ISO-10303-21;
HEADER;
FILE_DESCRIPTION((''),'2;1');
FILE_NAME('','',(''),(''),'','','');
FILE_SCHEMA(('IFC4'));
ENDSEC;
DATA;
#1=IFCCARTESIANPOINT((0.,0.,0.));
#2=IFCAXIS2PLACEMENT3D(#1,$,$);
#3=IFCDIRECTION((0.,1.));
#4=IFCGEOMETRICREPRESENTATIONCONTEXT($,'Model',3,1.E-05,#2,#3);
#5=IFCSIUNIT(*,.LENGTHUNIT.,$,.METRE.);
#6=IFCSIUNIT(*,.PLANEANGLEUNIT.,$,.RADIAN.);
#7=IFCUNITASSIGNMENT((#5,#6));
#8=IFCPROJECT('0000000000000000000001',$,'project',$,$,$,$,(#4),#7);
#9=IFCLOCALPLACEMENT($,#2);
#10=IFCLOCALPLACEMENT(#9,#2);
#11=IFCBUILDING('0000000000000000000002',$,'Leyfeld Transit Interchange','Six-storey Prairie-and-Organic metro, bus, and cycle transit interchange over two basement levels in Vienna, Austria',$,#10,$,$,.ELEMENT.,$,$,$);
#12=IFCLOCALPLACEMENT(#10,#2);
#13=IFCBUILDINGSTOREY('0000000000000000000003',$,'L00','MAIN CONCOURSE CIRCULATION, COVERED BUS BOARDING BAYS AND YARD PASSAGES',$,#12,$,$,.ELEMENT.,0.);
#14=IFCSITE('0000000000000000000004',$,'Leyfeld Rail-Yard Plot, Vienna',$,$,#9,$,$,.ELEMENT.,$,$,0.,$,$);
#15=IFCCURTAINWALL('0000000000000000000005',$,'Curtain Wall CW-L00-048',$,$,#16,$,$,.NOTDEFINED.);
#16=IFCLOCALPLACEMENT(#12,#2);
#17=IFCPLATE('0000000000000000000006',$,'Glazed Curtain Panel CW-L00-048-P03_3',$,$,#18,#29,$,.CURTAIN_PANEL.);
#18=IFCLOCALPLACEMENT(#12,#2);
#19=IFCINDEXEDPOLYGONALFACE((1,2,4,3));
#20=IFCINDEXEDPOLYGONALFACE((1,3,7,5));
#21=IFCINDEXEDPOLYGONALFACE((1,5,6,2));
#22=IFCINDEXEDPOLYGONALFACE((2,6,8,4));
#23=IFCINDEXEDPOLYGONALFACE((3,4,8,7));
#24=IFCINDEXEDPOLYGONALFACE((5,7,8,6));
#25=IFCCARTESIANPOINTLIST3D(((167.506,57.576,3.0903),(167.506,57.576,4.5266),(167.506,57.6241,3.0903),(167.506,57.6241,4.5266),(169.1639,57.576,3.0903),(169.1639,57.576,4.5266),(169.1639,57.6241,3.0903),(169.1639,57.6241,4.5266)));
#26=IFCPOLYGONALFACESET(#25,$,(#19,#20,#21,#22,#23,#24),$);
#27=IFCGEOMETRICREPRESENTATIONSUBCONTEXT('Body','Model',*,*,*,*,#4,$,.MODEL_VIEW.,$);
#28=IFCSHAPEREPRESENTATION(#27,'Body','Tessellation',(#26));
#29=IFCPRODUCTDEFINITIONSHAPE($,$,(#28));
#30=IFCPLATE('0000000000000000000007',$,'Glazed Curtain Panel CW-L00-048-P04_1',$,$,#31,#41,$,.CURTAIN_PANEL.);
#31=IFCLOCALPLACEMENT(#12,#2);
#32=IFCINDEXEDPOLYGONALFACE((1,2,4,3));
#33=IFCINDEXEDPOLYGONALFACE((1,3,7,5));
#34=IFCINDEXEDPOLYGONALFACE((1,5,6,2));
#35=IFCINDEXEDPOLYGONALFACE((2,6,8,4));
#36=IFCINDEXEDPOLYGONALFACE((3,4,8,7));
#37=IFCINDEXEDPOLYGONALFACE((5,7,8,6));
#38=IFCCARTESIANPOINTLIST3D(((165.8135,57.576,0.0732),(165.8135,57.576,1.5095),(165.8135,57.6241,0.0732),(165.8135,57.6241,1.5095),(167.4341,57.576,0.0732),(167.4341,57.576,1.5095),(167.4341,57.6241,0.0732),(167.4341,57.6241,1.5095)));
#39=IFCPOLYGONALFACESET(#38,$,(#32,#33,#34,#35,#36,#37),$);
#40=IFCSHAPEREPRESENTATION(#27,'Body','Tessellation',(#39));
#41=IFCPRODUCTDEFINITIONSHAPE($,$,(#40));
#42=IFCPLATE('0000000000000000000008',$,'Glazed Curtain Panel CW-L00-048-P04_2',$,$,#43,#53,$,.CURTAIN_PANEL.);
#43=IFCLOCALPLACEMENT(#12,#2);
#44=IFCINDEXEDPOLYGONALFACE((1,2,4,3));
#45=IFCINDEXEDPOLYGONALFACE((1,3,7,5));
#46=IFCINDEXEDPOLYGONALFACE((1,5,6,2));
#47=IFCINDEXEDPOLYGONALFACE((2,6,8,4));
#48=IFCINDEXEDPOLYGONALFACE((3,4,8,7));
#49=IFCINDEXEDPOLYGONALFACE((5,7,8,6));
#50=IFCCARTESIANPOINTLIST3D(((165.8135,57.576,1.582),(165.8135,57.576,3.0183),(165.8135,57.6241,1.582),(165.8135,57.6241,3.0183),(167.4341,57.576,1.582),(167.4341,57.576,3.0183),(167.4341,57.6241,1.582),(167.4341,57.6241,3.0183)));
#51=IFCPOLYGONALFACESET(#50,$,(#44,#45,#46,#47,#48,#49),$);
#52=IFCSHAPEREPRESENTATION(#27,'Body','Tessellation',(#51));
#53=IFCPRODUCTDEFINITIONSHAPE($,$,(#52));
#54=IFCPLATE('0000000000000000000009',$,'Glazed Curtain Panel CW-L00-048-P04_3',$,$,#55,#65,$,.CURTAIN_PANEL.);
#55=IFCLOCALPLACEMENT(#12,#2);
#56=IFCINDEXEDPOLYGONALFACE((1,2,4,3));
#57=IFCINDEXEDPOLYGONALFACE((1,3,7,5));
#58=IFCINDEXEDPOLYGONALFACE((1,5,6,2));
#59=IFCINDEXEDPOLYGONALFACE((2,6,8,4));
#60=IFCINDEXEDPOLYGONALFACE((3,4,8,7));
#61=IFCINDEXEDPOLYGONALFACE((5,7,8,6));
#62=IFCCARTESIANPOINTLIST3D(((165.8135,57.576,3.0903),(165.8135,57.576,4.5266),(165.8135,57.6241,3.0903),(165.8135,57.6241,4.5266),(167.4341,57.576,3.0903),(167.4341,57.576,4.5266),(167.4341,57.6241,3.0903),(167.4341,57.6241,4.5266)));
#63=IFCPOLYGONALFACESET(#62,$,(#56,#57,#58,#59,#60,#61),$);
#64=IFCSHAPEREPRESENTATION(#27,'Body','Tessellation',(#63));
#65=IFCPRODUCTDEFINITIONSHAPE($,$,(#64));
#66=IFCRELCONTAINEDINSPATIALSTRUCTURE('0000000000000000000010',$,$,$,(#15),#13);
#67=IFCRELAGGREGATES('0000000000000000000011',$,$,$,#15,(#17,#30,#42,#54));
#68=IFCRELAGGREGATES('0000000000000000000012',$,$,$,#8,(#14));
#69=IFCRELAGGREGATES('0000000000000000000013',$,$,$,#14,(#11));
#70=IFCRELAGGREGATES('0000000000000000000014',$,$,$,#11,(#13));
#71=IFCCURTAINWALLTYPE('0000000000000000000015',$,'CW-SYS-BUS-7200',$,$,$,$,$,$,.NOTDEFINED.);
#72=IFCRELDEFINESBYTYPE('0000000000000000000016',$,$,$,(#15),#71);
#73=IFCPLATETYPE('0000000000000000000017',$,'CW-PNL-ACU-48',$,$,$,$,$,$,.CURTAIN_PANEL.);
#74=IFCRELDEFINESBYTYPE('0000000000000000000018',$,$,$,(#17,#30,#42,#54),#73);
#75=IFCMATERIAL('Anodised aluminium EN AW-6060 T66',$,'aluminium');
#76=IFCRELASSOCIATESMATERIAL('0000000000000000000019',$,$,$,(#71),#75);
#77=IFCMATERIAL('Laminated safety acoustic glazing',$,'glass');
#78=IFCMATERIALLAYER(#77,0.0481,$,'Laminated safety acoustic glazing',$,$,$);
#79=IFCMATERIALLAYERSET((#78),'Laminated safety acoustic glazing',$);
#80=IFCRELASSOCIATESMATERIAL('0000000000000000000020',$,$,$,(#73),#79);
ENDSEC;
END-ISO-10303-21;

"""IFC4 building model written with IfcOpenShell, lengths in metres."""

from ifc_helpers import new_model, si_unit, direction, frame, origin, origin_2d, place, context, subcontext, project, spatial, rectangle, extrude, material, layer, layer_set, type_object, element, aggregate, save


model = new_model("IFC4")

# Units and contexts
model_context = context("Model", 3, precision=1e-05, world=origin(), true_north=direction((0.0, 1.0)))
body_context = subcontext(model_context, "Body", "Model", "MODEL_VIEW")
ifc_project = project(units=[si_unit("LENGTHUNIT", "METRE"), si_unit("PLANEANGLEUNIT", "RADIAN")], contexts=[model_context])

# Site, building, storey
site_placement = place(None, origin())
site = spatial("IfcSite", under=ifc_project, at=site_placement, Name="Leyfeld Rail-Yard Plot, Vienna", CompositionType="ELEMENT", RefElevation=0.0)
building_placement = place(site_placement, origin())
building = spatial("IfcBuilding", under=site, at=building_placement, Name="Leyfeld Transit Interchange", Description="Six-storey Prairie-and-Organic metro, bus, and cycle transit interchange over two basement levels in Vienna, Austria", CompositionType="ELEMENT")
storey_placement = place(building_placement, origin())
storey = spatial("IfcBuildingStorey", under=building, at=storey_placement, Name="L00", Description="MAIN CONCOURSE CIRCULATION, COVERED BUS BOARDING BAYS AND YARD PASSAGES", CompositionType="ELEMENT", Elevation=0.0)

# Curtain wall, plates
ifc_material_1 = material(Name="Anodised aluminium EN AW-6060 T66", Category="aluminium")
curtain_wall_type = type_object("IfcCurtainWallType", Name="CW-SYS-BUS-7200", PredefinedType="NOTDEFINED", material=ifc_material_1)
curtain_wall_placement = place(storey_placement, origin())
curtain_wall = element("IfcCurtainWall", 1, at=curtain_wall_placement, inside=storey, type_object=curtain_wall_type, Name="Curtain Wall CW-L00-048", PredefinedType="NOTDEFINED")
ifc_material_2 = material(Name="Laminated safety acoustic glazing", Category="glass")
ifc_layer = layer(ifc_material_2, 0.0481, Name="Laminated safety acoustic glazing")
ifc_layer_set = layer_set([ifc_layer], Name="Laminated safety acoustic glazing")
plate_type = type_object("IfcPlateType", Name="CW-PNL-ACU-48", PredefinedType="CURTAIN_PANEL", material=ifc_layer_set)
plate_1_placement = place(storey_placement, frame((168.335, 57.6001, 3.0903), z_axis=(0.0, 0.0, 1.0), x_axis=(-1.0, 0.0, 0.0)))
plate_1 = element("IfcPlate", 2, at=plate_1_placement, type_object=plate_type, Name="Glazed Curtain Panel CW-L00-048-P03_3", PredefinedType="CURTAIN_PANEL", context=body_context, shape_type="SweptSolid", body=[
    extrude(rectangle(XDim=1.658, YDim=0.0481, at=origin_2d()), origin(), (0.0, 0.0, 1.0), 1.4363),
])
plate_2_placement = place(storey_placement, frame((166.6238, 57.6001, 0.0732), z_axis=(0.0, 0.0, 1.0), x_axis=(-1.0, 0.0, 0.0)))
plate_2 = element("IfcPlate", 3, at=plate_2_placement, type_object=plate_type, Name="Glazed Curtain Panel CW-L00-048-P04_1", PredefinedType="CURTAIN_PANEL", context=body_context, shape_type="SweptSolid", body=[
    extrude(rectangle(XDim=1.6206, YDim=0.0481, at=origin_2d()), origin(), (0.0, 0.0, 1.0), 1.4363),
])
plate_3_placement = place(storey_placement, frame((166.6238, 57.6001, 1.582), z_axis=(0.0, 0.0, 1.0), x_axis=(-1.0, 0.0, 0.0)))
plate_3 = element("IfcPlate", 4, at=plate_3_placement, type_object=plate_type, Name="Glazed Curtain Panel CW-L00-048-P04_2", PredefinedType="CURTAIN_PANEL", context=body_context, shape_type="SweptSolid", body=[
    extrude(rectangle(XDim=1.6206, YDim=0.0481, at=origin_2d()), origin(), (0.0, 0.0, 1.0), 1.4363),
])
plate_4_placement = place(storey_placement, frame((166.6238, 57.6001, 3.0903), z_axis=(0.0, 0.0, 1.0), x_axis=(-1.0, 0.0, 0.0)))
plate_4 = element("IfcPlate", 5, at=plate_4_placement, type_object=plate_type, Name="Glazed Curtain Panel CW-L00-048-P04_3", PredefinedType="CURTAIN_PANEL", context=body_context, shape_type="SweptSolid", body=[
    extrude(rectangle(XDim=1.6206, YDim=0.0481, at=origin_2d()), origin(), (0.0, 0.0, 1.0), 1.4363),
])
aggregate(curtain_wall, [plate_1, plate_2, plate_3, plate_4])

save(model, "model.ifc")
